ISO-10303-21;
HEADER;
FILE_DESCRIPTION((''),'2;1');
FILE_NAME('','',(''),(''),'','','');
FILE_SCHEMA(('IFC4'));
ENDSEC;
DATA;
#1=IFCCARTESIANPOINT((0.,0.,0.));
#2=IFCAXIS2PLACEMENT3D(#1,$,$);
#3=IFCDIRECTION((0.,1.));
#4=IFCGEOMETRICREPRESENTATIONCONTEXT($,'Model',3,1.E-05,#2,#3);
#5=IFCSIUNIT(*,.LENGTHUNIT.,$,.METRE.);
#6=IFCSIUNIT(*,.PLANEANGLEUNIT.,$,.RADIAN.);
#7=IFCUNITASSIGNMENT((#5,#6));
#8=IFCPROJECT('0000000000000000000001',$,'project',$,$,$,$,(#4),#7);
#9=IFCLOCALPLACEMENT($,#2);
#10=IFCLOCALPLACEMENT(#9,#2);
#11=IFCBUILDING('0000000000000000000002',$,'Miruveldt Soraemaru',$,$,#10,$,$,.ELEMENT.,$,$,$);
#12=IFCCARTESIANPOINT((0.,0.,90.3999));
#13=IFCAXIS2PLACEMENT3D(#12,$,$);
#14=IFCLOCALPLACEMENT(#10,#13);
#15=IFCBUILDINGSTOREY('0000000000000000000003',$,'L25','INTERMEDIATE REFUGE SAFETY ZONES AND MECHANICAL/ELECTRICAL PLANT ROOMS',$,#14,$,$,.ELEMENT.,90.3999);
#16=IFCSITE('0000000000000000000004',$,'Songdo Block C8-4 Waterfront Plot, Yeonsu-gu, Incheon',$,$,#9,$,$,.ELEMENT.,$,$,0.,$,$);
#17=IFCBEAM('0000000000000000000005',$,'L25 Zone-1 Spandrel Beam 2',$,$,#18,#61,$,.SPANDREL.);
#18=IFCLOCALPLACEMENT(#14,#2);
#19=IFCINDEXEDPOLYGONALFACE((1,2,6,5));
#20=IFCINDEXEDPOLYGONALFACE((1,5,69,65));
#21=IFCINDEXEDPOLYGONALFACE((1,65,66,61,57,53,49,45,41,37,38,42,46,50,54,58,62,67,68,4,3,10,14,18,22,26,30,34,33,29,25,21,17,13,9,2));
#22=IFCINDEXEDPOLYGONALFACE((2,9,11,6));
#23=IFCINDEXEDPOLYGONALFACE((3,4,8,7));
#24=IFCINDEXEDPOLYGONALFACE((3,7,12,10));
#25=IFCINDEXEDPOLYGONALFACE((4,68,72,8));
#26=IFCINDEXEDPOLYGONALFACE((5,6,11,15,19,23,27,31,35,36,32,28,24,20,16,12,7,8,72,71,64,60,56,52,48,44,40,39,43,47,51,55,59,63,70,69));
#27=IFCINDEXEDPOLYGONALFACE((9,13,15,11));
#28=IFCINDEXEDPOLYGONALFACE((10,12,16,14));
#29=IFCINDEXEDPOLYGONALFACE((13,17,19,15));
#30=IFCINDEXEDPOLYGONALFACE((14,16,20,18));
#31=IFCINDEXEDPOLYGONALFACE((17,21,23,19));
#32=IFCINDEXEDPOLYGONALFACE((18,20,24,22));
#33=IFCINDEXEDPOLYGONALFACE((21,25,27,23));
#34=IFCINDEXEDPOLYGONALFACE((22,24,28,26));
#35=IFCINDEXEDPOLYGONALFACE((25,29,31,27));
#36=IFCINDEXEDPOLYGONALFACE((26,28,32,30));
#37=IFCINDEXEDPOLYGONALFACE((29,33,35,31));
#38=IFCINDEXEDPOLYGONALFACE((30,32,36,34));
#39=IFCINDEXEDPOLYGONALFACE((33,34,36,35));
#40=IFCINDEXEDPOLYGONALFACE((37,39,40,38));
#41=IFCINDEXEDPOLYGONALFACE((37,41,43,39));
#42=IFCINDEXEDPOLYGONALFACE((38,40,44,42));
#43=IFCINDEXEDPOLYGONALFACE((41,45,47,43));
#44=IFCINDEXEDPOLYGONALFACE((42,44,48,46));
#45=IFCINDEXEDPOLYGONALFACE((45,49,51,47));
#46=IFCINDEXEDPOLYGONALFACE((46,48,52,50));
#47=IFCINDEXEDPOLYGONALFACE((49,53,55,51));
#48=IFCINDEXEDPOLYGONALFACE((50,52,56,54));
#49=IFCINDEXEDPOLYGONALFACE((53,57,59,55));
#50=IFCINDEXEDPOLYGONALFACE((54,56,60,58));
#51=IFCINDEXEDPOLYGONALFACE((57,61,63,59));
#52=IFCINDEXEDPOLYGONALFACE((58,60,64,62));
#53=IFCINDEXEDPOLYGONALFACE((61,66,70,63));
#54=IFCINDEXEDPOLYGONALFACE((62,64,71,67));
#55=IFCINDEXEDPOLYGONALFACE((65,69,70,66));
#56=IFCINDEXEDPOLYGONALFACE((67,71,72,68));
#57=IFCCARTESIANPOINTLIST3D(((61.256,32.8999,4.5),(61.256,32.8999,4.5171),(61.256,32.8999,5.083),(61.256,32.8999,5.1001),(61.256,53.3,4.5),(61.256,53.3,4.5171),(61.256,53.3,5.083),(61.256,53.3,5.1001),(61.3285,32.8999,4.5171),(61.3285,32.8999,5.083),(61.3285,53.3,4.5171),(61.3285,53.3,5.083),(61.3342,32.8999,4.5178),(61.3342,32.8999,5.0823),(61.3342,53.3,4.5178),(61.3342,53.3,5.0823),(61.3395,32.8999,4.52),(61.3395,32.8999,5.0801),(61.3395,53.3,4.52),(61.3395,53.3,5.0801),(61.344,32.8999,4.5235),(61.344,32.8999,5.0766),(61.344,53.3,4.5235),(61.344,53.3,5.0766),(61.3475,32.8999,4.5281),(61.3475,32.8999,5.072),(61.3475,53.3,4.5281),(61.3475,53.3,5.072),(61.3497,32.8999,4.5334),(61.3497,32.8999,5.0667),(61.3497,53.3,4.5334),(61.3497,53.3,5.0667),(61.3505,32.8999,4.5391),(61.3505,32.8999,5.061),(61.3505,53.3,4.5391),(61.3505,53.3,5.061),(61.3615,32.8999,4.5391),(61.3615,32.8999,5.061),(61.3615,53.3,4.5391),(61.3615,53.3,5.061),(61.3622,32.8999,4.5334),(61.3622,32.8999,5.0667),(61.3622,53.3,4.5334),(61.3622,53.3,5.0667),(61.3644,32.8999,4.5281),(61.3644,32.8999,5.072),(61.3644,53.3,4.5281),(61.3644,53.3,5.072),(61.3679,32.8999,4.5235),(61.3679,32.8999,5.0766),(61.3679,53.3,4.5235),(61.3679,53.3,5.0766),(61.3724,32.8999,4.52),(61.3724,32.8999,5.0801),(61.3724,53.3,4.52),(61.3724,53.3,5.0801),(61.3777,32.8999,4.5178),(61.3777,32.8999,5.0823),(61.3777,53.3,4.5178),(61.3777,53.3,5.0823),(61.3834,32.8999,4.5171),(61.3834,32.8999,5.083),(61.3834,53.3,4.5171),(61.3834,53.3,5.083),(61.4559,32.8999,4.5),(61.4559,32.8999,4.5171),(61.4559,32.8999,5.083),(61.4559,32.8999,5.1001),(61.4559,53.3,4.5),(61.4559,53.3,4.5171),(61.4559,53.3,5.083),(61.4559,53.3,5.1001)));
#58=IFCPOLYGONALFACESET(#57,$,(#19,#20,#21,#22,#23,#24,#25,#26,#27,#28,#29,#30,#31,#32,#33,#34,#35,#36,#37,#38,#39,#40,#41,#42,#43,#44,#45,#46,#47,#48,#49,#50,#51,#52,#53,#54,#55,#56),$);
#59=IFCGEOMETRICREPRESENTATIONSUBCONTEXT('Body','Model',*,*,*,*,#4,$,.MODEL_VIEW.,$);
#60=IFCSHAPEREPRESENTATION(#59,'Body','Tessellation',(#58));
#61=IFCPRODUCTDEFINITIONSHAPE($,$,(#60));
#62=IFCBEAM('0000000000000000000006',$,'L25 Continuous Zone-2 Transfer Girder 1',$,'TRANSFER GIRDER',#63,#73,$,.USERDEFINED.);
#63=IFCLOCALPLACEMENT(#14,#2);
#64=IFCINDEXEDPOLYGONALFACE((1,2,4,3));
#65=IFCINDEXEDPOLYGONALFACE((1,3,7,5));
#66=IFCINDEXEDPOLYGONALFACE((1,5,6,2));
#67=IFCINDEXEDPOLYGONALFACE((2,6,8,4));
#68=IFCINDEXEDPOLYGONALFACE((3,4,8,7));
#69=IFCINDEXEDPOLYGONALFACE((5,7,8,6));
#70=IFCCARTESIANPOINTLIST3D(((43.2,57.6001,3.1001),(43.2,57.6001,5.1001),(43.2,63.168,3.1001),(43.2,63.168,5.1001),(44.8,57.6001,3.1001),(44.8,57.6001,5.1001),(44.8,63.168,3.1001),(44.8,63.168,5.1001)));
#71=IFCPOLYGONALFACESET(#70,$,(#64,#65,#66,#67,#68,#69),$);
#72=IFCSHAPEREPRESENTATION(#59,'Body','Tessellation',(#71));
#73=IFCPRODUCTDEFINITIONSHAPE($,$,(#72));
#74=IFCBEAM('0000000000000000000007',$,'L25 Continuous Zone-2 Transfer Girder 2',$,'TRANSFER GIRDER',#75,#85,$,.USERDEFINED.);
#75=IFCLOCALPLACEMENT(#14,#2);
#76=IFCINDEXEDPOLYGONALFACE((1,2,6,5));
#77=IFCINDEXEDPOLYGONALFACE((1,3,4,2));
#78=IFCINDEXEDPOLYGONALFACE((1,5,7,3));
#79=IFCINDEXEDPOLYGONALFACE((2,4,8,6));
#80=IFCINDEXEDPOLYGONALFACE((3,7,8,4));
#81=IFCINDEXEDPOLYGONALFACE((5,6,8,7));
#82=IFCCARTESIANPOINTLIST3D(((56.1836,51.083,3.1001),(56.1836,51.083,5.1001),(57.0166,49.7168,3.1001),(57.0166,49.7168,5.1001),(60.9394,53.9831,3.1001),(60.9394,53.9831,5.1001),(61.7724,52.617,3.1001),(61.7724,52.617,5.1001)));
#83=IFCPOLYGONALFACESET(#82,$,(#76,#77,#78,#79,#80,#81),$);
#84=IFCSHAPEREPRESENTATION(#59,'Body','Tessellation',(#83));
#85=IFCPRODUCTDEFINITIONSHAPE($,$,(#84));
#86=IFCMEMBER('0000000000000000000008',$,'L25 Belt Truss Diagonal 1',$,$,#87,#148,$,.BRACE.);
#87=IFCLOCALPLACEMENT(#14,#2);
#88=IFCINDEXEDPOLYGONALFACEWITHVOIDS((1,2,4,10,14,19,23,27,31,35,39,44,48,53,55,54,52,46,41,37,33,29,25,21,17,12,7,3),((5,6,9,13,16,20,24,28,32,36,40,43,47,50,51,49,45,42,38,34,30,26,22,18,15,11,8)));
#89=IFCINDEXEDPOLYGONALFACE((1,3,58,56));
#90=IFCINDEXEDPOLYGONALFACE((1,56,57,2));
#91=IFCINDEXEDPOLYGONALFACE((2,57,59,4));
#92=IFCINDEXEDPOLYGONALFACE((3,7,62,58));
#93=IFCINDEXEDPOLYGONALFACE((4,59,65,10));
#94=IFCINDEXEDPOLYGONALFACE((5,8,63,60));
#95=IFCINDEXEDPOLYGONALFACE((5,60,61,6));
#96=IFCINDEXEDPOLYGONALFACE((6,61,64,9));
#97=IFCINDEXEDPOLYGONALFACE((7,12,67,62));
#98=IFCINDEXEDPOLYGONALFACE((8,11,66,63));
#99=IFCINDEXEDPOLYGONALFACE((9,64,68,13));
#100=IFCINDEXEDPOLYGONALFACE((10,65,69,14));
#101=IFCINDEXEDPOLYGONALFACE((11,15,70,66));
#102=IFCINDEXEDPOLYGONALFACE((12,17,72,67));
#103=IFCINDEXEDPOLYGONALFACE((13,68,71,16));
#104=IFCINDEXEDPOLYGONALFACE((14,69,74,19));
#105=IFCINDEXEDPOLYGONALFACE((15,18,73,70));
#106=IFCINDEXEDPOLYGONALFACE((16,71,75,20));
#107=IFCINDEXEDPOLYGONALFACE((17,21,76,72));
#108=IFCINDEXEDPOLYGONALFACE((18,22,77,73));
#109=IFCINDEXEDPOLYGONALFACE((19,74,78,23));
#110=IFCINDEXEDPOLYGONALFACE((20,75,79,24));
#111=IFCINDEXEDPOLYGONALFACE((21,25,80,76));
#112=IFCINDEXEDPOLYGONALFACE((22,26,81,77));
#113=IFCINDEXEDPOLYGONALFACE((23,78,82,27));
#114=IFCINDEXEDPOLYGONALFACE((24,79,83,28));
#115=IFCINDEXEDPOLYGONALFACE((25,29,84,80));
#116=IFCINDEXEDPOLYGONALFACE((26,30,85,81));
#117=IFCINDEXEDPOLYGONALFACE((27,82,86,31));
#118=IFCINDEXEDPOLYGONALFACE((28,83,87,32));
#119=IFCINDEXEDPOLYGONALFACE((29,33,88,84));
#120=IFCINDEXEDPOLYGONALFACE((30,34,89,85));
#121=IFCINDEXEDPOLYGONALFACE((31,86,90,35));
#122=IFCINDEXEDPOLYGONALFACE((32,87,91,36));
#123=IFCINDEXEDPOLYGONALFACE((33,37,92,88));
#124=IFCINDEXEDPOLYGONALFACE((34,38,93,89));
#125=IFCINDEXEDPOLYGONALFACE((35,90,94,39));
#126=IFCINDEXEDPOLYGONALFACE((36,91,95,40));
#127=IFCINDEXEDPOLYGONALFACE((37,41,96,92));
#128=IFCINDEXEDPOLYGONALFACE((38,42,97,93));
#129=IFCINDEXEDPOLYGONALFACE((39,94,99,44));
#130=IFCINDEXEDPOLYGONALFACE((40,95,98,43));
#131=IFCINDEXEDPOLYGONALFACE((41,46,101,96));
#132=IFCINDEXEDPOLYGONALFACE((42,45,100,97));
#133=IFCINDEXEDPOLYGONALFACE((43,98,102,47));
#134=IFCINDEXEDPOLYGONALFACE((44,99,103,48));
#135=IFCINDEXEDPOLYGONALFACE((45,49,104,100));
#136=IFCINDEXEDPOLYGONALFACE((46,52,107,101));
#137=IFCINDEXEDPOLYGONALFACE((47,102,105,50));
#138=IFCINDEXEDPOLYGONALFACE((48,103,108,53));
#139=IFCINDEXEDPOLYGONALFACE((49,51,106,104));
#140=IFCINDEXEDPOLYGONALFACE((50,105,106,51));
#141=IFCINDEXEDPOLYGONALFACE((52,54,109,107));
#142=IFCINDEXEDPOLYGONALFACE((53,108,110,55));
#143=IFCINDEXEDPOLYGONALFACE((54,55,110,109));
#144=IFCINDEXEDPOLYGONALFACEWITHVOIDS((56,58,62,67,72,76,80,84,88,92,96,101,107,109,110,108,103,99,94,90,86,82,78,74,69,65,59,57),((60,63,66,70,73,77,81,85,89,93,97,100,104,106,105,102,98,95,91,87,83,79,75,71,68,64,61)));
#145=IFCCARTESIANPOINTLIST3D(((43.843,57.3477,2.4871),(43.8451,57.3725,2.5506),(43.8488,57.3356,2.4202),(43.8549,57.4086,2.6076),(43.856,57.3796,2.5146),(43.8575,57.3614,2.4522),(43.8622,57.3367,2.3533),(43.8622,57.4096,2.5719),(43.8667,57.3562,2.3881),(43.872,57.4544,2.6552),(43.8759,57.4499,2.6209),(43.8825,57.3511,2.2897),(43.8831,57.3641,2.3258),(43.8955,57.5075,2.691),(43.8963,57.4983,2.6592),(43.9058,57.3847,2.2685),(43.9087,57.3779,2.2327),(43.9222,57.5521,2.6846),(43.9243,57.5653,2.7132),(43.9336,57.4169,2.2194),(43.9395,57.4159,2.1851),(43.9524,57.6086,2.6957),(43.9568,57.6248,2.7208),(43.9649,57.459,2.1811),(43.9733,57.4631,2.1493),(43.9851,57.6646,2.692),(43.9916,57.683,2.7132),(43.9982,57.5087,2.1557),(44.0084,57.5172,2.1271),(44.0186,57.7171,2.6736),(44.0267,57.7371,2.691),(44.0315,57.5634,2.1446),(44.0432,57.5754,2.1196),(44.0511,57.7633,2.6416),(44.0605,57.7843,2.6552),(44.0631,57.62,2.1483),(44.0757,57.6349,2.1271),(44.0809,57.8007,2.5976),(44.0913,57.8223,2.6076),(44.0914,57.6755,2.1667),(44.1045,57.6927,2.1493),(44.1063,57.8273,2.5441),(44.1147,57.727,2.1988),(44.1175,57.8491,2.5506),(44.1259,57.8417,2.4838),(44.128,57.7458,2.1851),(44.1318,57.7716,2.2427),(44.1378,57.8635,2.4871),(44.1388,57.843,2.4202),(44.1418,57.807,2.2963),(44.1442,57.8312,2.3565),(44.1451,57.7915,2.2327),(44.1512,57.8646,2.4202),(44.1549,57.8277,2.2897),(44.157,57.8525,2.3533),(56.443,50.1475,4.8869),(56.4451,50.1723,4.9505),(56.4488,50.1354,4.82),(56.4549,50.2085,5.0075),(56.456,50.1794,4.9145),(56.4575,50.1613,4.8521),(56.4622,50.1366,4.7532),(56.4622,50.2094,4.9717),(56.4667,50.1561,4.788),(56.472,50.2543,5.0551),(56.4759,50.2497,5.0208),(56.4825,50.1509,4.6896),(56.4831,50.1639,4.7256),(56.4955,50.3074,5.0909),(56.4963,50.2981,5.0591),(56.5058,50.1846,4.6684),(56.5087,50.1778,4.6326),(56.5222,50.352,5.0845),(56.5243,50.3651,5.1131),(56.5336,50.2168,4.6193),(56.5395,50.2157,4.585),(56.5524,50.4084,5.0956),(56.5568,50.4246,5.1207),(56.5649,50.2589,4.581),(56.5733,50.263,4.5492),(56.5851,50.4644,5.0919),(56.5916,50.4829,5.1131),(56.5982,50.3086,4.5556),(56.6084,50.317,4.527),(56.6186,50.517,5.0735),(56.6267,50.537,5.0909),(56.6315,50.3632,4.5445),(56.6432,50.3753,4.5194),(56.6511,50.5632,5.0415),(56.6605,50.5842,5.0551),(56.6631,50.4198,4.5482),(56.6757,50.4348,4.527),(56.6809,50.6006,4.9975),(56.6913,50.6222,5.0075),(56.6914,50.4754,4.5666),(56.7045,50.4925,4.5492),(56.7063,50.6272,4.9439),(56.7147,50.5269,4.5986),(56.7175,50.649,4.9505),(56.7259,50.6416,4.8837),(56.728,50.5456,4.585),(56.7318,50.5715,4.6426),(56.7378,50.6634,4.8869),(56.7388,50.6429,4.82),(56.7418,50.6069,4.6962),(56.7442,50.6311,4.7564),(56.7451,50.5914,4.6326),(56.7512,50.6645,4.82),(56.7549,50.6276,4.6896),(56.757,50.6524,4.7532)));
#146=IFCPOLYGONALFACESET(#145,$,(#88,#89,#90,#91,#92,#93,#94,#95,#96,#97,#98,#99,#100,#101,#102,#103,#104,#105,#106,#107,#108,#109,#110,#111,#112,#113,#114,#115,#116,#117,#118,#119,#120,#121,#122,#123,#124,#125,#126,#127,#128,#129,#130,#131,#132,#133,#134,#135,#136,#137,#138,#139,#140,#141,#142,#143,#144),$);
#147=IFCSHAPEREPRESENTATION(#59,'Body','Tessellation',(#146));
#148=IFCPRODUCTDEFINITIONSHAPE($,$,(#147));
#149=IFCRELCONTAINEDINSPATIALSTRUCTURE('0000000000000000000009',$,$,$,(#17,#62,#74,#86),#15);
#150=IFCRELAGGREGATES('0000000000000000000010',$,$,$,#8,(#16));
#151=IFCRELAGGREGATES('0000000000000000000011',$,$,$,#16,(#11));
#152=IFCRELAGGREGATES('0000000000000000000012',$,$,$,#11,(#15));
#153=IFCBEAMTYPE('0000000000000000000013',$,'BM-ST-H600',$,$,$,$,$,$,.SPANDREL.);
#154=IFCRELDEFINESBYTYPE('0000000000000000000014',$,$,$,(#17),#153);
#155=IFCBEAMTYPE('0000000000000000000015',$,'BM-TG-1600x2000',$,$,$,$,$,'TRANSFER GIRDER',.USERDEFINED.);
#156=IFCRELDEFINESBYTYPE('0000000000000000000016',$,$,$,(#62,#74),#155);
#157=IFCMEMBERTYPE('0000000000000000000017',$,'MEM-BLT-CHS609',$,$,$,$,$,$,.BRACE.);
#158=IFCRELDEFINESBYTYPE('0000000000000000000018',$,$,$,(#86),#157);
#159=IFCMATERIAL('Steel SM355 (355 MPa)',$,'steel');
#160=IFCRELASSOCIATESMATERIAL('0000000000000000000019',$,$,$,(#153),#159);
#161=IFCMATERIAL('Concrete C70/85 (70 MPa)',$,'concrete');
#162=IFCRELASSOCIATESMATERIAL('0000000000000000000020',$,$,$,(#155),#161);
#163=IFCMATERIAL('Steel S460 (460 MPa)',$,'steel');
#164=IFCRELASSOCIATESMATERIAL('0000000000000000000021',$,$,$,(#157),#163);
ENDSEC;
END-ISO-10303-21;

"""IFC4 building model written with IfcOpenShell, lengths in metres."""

from ifc_helpers import new_model, si_unit, direction, frame, origin, origin_2d, place, context, subcontext, project, spatial, rectangle, hollow_circle, i_section, extrude, material, material_profile, profile_set, type_object, element, save


model = new_model("IFC4")

# Units and contexts
model_context = context("Model", 3, precision=1e-05, world=origin(), true_north=direction((0.0, 1.0)))
body_context = subcontext(model_context, "Body", "Model", "MODEL_VIEW")
ifc_project = project(units=[si_unit("LENGTHUNIT", "METRE"), si_unit("PLANEANGLEUNIT", "RADIAN")], contexts=[model_context])

# Site, building, storey
site_placement = place(None, origin())
site = spatial("IfcSite", under=ifc_project, at=site_placement, Name="Songdo Block C8-4 Waterfront Plot, Yeonsu-gu, Incheon", CompositionType="ELEMENT", RefElevation=0.0)
building_placement = place(site_placement, origin())
building = spatial("IfcBuilding", under=site, at=building_placement, Name="Miruveldt Soraemaru", CompositionType="ELEMENT")
storey_placement = place(building_placement, frame((0.0, 0.0, 90.3999)))
storey = spatial("IfcBuildingStorey", under=building, at=storey_placement, Name="L25", Description="INTERMEDIATE REFUGE SAFETY ZONES AND MECHANICAL/ELECTRICAL PLANT ROOMS", CompositionType="ELEMENT", Elevation=90.3999)

# Shared definitions
ifc_material_1 = material(Name="Concrete C70/85 (70 MPa)", Category="concrete")

# Beams
ifc_material_2 = material(Name="Steel SM355 (355 MPa)", Category="steel")
ifc_material_profile_1 = material_profile(ifc_material_2, i_section(OverallWidth=0.2, OverallDepth=0.6001, WebThickness=0.011, FlangeThickness=0.0171, FilletRadius=0.022, at=origin_2d()), Name="Steel SM355 (355 MPa)", Category="steel")
ifc_profile_set_1 = profile_set([ifc_material_profile_1], Name="Steel SM355 (355 MPa)")
beam_type_1 = type_object("IfcBeamType", Name="BM-ST-H600", PredefinedType="SPANDREL", material=ifc_profile_set_1)
beam_1_placement = place(storey_placement, frame((61.356, 53.3, 4.8), z_axis=(0.0, -1.0, 0.0), x_axis=(1.0, 0.0, 0.0)))
element("IfcBeam", 1, at=beam_1_placement, inside=storey, type_object=beam_type_1, Name="L25 Zone-1 Spandrel Beam 2", PredefinedType="SPANDREL", context=body_context, shape_type="SweptSolid", body=[
    extrude(i_section(OverallWidth=0.2, OverallDepth=0.6001, WebThickness=0.011, FlangeThickness=0.0171, FilletRadius=0.022, at=origin_2d()), origin(), (0.0, 0.0, 1.0), 20.4001),
])
ifc_material_profile_2 = material_profile(ifc_material_1, rectangle(XDim=1.6001, YDim=2.0, at=origin_2d()), Name="Concrete C70/85 (70 MPa)", Category="concrete")
ifc_profile_set_2 = profile_set([ifc_material_profile_2], Name="Concrete C70/85 (70 MPa)")
beam_type_2 = type_object("IfcBeamType", Name="BM-TG-1600x2000", ElementType="TRANSFER GIRDER", PredefinedType="USERDEFINED", material=ifc_profile_set_2)
beam_2_placement = place(storey_placement, frame((44.0, 57.6001, 4.1001), z_axis=(0.0, 1.0, 0.0), x_axis=(-1.0, 0.0, 0.0)))
element("IfcBeam", 2, at=beam_2_placement, inside=storey, type_object=beam_type_2, Name="L25 Continuous Zone-2 Transfer Girder 1", ObjectType="TRANSFER GIRDER", PredefinedType="USERDEFINED", context=body_context, shape_type="SweptSolid", body=[
    extrude(rectangle(XDim=1.6001, YDim=2.0, at=origin_2d()), origin(), (0.0, 0.0, 1.0), 5.5679),
])
beam_3_placement = place(storey_placement, frame((56.6001, 50.3999, 4.1001), z_axis=(0.853778, 0.520638, 0.0), x_axis=(-0.520638, 0.853778, 0.0)))
element("IfcBeam", 3, at=beam_3_placement, inside=storey, type_object=beam_type_2, Name="L25 Continuous Zone-2 Transfer Girder 2", ObjectType="TRANSFER GIRDER", PredefinedType="USERDEFINED", context=body_context, shape_type="SweptSolid", body=[
    extrude(rectangle(XDim=1.6001, YDim=2.0, at=origin_2d()), origin(), (0.0, 0.0, 1.0), 5.5703),
])

# Member
ifc_material_3 = material(Name="Steel S460 (460 MPa)", Category="steel")
ifc_material_profile_3 = material_profile(ifc_material_3, hollow_circle(Radius=0.3047, WallThickness=0.0249, at=origin_2d()), Name="Steel S460 (460 MPa)", Category="steel")
ifc_profile_set_3 = profile_set([ifc_material_profile_3], Name="Steel S460 (460 MPa)")
member_type = type_object("IfcMemberType", Name="MEM-BLT-CHS609", PredefinedType="BRACE", material=ifc_profile_set_3)
member_1_placement = place(storey_placement, frame((44.0, 57.6001, 2.4202), z_axis=(0.856605, -0.489498, 0.163155), x_axis=(0.496146, 0.868239, 0.0)))
element("IfcMember", 4, at=member_1_placement, inside=storey, type_object=member_type, Name="L25 Belt Truss Diagonal 1", PredefinedType="BRACE", context=body_context, shape_type="SweptSolid", body=[
    extrude(hollow_circle(Radius=0.3047, WallThickness=0.0249, at=origin_2d()), origin(), (0.0, 0.0, 1.0), 14.7092),
])

save(model, "model.ifc")
